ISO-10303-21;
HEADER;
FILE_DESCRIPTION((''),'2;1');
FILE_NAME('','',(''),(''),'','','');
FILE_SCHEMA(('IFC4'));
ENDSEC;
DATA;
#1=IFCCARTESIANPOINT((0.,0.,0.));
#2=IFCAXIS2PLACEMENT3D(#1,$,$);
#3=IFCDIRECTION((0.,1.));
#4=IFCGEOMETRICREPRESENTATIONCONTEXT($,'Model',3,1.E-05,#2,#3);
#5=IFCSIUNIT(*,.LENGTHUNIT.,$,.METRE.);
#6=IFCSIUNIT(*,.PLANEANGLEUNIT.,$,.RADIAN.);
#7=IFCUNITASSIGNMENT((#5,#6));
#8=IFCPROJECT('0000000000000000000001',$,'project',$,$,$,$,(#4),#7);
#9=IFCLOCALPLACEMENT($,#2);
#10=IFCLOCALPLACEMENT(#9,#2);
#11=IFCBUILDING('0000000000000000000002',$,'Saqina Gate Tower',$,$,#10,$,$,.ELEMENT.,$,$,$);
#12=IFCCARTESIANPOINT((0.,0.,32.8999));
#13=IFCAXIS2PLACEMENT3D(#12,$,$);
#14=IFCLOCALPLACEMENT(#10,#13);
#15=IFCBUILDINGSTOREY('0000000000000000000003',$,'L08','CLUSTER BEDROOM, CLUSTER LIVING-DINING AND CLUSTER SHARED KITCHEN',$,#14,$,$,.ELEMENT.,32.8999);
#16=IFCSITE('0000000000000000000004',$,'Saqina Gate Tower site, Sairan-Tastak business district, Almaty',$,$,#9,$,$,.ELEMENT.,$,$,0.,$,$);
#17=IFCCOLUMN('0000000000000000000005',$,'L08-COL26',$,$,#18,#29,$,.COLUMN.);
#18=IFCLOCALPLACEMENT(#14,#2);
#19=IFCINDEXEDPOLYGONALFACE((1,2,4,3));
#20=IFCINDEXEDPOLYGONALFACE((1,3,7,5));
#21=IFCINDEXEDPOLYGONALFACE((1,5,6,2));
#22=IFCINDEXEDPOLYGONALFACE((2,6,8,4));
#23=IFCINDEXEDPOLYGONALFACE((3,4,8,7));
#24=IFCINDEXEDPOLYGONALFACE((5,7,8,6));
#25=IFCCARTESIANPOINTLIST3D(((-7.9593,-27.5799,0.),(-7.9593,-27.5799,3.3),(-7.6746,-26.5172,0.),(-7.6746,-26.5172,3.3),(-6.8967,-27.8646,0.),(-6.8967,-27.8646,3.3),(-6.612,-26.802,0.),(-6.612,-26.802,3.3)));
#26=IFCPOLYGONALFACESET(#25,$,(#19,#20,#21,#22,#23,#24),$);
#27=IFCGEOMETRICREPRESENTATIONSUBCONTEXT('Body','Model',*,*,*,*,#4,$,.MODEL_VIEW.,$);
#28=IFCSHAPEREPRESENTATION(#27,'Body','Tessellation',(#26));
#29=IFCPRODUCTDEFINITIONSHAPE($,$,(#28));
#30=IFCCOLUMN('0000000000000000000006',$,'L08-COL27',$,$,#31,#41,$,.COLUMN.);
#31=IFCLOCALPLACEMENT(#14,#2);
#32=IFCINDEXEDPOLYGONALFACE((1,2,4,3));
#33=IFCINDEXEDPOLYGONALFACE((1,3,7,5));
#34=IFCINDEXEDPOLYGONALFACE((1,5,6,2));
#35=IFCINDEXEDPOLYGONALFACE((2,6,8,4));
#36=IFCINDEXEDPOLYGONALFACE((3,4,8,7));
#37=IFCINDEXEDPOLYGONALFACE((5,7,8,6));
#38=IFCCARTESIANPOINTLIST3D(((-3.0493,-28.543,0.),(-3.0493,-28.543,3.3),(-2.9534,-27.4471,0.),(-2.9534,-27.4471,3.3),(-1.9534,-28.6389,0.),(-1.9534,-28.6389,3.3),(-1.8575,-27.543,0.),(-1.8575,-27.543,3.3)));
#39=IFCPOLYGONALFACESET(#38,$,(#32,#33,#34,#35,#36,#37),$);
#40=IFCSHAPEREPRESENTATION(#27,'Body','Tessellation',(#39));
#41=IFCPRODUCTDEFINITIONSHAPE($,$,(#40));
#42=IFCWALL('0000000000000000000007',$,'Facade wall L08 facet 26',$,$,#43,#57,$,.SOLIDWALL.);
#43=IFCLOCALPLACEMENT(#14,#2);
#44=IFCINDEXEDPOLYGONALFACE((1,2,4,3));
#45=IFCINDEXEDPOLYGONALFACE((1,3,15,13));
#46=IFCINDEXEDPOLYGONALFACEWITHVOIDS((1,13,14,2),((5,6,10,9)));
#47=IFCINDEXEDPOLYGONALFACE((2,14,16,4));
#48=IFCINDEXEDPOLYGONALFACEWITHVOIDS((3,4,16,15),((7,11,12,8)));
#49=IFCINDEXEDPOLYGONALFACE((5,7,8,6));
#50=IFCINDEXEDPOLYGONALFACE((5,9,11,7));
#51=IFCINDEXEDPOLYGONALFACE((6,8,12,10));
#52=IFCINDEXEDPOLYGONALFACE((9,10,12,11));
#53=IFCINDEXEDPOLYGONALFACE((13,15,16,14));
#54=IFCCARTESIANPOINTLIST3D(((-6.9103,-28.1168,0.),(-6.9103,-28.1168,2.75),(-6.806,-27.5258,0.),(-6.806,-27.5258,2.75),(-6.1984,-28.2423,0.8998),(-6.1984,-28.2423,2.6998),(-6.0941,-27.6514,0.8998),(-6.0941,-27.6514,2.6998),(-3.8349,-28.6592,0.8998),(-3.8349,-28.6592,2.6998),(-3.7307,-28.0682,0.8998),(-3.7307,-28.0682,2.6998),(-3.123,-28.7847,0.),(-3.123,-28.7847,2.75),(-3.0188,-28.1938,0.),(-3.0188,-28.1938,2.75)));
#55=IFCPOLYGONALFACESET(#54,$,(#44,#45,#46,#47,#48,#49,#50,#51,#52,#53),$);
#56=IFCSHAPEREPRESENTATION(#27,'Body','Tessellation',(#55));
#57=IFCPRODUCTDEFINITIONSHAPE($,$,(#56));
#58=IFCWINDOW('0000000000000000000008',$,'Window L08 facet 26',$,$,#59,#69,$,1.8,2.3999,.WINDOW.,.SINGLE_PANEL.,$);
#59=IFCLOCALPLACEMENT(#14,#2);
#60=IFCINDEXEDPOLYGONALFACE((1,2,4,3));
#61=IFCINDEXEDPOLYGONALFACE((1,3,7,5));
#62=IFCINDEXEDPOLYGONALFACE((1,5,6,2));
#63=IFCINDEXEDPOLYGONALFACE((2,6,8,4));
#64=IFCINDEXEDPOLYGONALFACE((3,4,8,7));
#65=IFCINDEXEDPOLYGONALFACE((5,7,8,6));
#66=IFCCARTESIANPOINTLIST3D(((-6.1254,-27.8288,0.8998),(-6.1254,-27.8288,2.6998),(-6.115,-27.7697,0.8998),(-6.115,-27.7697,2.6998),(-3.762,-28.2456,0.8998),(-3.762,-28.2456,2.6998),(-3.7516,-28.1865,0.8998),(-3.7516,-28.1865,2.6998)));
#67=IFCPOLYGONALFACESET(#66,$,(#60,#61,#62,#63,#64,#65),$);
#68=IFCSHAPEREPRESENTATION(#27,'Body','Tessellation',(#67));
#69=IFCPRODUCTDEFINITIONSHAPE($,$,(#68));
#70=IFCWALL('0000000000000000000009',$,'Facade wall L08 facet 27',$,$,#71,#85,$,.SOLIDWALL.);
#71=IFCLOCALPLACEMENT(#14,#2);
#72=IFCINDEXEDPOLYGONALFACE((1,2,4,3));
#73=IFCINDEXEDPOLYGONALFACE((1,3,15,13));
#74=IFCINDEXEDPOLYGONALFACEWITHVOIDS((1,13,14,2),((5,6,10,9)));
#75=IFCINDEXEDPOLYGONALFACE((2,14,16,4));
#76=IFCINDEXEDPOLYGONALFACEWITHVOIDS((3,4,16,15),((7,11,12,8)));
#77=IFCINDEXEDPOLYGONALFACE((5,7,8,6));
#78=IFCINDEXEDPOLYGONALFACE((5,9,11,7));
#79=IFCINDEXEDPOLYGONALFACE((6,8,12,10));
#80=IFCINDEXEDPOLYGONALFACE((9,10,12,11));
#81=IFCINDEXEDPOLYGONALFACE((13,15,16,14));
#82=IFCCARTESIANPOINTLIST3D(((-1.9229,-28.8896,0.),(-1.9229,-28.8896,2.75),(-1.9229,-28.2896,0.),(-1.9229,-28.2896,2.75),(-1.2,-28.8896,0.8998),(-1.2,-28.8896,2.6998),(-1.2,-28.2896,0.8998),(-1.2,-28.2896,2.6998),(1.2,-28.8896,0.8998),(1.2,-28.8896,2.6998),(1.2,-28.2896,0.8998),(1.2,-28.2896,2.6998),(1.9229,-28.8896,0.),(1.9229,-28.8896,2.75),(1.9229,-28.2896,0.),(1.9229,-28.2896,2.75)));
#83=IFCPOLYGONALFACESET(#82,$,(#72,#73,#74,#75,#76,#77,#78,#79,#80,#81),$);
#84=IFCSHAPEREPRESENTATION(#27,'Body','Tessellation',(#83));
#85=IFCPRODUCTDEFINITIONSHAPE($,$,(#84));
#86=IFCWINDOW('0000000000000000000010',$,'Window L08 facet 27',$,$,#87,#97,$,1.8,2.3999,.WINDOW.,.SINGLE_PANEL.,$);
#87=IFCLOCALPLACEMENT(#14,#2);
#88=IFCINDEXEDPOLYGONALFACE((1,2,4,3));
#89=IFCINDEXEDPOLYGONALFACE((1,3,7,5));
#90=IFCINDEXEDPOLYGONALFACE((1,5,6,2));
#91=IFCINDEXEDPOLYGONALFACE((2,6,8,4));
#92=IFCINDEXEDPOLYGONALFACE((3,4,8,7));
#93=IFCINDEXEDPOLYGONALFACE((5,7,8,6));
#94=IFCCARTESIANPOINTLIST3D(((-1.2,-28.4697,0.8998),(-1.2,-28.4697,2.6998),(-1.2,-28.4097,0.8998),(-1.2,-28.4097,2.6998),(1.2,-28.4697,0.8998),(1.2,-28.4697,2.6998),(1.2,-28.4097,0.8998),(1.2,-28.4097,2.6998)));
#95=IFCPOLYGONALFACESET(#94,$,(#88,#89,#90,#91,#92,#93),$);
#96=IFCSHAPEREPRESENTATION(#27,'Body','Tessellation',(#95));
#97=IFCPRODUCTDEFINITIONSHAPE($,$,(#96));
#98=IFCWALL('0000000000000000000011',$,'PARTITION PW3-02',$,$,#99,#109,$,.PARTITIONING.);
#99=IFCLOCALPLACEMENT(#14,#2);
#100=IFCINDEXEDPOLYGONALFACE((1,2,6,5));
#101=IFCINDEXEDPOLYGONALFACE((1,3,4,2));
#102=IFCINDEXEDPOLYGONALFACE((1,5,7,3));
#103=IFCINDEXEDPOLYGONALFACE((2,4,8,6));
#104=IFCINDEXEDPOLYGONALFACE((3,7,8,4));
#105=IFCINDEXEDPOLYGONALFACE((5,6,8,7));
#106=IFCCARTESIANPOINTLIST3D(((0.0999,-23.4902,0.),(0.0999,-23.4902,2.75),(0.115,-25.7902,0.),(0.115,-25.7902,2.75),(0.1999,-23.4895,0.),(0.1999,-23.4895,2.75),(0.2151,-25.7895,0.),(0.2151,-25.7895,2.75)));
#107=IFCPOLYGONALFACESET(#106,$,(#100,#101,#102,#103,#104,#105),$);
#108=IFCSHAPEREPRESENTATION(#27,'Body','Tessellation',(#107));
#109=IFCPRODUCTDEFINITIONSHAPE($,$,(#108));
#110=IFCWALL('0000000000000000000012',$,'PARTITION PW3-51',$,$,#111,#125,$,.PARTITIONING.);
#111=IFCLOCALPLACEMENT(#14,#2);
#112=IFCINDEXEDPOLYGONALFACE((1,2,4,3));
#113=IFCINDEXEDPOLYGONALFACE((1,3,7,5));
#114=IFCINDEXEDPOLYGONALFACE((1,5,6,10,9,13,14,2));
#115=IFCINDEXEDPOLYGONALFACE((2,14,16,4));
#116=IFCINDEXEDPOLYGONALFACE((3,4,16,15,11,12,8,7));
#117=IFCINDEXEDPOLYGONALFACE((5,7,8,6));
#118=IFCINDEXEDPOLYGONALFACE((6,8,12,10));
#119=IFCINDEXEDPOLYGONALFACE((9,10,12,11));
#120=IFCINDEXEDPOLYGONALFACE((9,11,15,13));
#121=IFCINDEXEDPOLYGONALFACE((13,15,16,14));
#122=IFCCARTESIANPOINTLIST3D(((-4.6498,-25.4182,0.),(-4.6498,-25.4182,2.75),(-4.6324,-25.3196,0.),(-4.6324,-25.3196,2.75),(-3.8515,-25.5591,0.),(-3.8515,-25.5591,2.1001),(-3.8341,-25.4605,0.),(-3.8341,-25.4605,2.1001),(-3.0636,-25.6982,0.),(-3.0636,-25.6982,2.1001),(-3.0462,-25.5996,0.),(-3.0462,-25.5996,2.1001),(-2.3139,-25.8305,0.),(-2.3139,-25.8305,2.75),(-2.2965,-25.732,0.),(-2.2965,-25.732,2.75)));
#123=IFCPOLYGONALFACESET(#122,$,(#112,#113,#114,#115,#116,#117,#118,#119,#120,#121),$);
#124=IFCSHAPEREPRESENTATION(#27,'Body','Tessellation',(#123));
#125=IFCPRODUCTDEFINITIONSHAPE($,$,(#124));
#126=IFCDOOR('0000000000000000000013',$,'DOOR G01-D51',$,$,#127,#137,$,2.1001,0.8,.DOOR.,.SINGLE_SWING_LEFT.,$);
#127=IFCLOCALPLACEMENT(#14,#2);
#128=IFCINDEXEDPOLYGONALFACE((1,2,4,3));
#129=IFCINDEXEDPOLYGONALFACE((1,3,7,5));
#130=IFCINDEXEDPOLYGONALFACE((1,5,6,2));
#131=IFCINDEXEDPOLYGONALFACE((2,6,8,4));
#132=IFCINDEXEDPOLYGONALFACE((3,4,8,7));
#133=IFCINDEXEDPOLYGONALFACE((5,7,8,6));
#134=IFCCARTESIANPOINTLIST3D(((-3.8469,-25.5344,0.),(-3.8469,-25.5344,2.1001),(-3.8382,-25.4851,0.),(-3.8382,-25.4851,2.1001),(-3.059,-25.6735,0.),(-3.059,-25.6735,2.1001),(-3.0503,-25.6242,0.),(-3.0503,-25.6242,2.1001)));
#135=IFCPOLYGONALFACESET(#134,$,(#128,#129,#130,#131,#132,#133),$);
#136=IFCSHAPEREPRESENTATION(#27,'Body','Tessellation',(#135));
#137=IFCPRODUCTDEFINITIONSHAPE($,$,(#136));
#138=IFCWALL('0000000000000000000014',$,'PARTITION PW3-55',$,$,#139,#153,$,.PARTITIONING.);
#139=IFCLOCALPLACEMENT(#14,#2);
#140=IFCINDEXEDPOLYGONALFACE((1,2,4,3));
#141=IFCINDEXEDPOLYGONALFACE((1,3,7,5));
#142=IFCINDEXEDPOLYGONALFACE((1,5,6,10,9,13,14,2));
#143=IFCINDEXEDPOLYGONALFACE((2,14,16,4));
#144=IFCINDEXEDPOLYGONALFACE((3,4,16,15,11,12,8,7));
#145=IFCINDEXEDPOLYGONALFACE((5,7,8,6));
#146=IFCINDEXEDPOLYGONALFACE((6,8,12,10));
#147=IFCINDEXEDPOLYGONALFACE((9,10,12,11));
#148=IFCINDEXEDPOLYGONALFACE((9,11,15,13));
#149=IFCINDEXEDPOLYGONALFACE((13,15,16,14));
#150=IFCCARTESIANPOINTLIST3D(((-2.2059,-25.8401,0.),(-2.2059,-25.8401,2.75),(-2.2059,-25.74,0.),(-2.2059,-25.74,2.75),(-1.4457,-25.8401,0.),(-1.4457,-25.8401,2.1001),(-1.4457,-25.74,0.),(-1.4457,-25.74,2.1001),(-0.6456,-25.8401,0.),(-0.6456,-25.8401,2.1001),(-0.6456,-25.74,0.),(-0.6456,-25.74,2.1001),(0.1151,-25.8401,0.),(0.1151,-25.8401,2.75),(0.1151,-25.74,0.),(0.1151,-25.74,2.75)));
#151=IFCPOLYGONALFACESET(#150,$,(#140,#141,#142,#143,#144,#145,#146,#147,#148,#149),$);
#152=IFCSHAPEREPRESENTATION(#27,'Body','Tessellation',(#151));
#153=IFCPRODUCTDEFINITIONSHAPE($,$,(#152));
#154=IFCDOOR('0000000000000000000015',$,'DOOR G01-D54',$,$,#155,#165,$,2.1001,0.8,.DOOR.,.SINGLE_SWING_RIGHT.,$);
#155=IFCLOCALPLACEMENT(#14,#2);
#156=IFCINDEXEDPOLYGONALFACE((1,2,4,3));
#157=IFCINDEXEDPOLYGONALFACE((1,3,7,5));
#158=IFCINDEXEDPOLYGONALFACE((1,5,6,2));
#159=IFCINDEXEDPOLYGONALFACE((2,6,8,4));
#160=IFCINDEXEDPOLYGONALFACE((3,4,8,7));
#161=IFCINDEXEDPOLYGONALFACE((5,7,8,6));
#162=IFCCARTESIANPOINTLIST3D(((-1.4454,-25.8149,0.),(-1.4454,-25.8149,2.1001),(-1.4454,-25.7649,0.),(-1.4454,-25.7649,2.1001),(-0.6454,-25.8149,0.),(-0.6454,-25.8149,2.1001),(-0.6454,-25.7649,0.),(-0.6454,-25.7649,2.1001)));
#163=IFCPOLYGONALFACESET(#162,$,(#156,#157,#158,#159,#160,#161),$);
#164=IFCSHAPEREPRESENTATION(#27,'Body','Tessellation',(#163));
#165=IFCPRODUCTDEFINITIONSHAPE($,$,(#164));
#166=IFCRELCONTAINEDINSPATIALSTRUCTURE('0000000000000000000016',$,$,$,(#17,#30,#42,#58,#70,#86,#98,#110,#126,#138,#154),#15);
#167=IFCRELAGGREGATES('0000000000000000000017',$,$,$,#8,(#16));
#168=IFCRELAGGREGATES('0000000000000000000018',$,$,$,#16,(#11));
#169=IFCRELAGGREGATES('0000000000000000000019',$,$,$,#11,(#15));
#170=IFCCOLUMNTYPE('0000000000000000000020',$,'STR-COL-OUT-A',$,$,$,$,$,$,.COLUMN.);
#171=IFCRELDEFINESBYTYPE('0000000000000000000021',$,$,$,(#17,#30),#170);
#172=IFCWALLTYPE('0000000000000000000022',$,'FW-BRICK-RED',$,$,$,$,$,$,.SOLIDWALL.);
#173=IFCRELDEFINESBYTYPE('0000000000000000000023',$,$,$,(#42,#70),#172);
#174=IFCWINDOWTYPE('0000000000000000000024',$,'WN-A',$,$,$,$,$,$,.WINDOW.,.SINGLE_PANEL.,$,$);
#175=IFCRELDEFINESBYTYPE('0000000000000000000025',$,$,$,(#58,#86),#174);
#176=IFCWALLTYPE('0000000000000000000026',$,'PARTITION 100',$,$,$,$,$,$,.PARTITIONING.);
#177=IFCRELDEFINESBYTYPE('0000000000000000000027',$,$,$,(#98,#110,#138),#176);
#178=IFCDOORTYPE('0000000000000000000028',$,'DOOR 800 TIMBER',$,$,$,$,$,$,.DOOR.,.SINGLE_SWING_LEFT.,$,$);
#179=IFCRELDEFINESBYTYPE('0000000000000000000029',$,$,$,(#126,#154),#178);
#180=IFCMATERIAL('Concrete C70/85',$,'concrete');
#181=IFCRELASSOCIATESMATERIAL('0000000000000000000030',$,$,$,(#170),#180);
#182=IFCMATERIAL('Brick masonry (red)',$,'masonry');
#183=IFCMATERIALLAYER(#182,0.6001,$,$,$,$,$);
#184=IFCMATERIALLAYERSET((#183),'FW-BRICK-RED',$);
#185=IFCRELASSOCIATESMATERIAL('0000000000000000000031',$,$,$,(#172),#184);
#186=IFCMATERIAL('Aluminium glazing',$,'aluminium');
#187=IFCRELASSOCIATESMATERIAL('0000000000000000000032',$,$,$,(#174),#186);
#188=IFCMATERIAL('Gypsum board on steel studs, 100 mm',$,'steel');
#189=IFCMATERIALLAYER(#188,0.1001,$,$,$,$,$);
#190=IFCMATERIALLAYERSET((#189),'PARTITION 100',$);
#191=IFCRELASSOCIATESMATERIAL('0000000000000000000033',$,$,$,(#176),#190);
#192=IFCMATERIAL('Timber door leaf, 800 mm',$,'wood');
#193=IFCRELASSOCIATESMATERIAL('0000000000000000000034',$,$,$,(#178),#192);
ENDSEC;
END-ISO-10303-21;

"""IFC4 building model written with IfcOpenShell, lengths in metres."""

from ifc_helpers import new_model, si_unit, direction, frame, frame_2d, origin, origin_2d, place, context, subcontext, project, spatial, rectangle, extrude, material, layer, layer_set, material_profile, profile_set, type_object, element, fill, save


model = new_model("IFC4")

# Units and contexts
model_context = context("Model", 3, precision=1e-05, world=origin(), true_north=direction((0.0, 1.0)))
body_context = subcontext(model_context, "Body", "Model", "MODEL_VIEW")
ifc_project = project(units=[si_unit("LENGTHUNIT", "METRE"), si_unit("PLANEANGLEUNIT", "RADIAN")], contexts=[model_context])

# Site, building, storey
site_placement = place(None, origin())
site = spatial("IfcSite", under=ifc_project, at=site_placement, Name="Saqina Gate Tower site, Sairan-Tastak business district, Almaty", CompositionType="ELEMENT", RefElevation=0.0)
building_placement = place(site_placement, origin())
building = spatial("IfcBuilding", under=site, at=building_placement, Name="Saqina Gate Tower", CompositionType="ELEMENT")
storey_placement = place(building_placement, frame((0.0, 0.0, 32.8999)))
storey = spatial("IfcBuildingStorey", under=building, at=storey_placement, Name="L08", Description="CLUSTER BEDROOM, CLUSTER LIVING-DINING AND CLUSTER SHARED KITCHEN", CompositionType="ELEMENT", Elevation=32.8999)

# Columns
ifc_material_1 = material(Name="Concrete C70/85", Category="concrete")
ifc_material_profile = material_profile(ifc_material_1, rectangle(XDim=1.1001, YDim=1.1001, at=origin_2d()), Name="RC 1100x1100")
ifc_profile_set = profile_set([ifc_material_profile], Name="Concrete C70/85")
column_type = type_object("IfcColumnType", Name="STR-COL-OUT-A", PredefinedType="COLUMN", material=ifc_profile_set)
for number, where, z_axis, x_axis, name in (
    (1, (-7.2856, -27.1909, 0.0), (0.0, 0.0, 1.0), (-0.258819, -0.965926, 0.0), "L08-COL26"),
    (2, (-2.4534, -28.043, 0.0), (0.0, 0.0, 1.0), (-0.087156, -0.996195, 0.0), "L08-COL27"),
):
    element("IfcColumn", number, at=place(storey_placement, frame(where, z_axis=z_axis, x_axis=x_axis)), inside=storey, type_object=column_type, Name=name, PredefinedType="COLUMN", context=body_context, shape_type="SweptSolid", body=[
        extrude(rectangle(XDim=1.1001, YDim=1.1001, at=origin_2d()), origin(), (0.0, 0.0, 1.0), 3.3),
    ])

# Walls, openings, windows
ifc_material_2 = material(Name="Brick masonry (red)", Category="masonry")
ifc_layer_1 = layer(ifc_material_2, 0.6001)
ifc_layer_set_1 = layer_set([ifc_layer_1], Name="FW-BRICK-RED")
wall_type_1 = type_object("IfcWallType", Name="FW-BRICK-RED", PredefinedType="SOLIDWALL", material=ifc_layer_set_1)
wall_1_placement = place(storey_placement, frame((-6.8582, -27.8213, 0.0), z_axis=(0.0, 0.0, 1.0), x_axis=(0.984801, -0.173688, 0.0)))
wall_1 = element("IfcWall", 3, at=wall_1_placement, inside=storey, type_object=wall_type_1, Name="Facade wall L08 facet 26", PredefinedType="SOLIDWALL", context=body_context, shape_type="SweptSolid", body=[
    extrude(rectangle(XDim=3.8457, YDim=0.6001, at=frame_2d((1.9229, 0.0))), origin(), (0.0, 0.0, 1.0), 2.75),
])
opening_1_placement = place(wall_1_placement, frame((0.7229, 0.0, 0.8999)))
opening_1 = element("IfcOpeningElement", 4, at=opening_1_placement, cuts=wall_1, PredefinedType="OPENING", context=body_context, shape_type="SweptSolid", body=[
    extrude(rectangle(XDim=2.3999, YDim=1.8, at=frame_2d((1.2, 0.8999))), frame((0.0, 0.312, 0.0), z_axis=(0.0, -1.0, 0.0), x_axis=(1.0, 0.0, 0.0)), (0.0, 0.0, 1.0), 0.624),
])
ifc_material_3 = material(Name="Aluminium glazing", Category="aluminium")
window_type = type_object("IfcWindowType", Name="WN-A", PartitioningType="SINGLE_PANEL", PredefinedType="WINDOW", material=ifc_material_3)
window_1_placement = place(opening_1_placement, origin())
window_1 = element("IfcWindow", 5, at=window_1_placement, inside=storey, type_object=window_type, Name="Window L08 facet 26", OverallHeight=1.8, OverallWidth=2.3999, PartitioningType="SINGLE_PANEL", PredefinedType="WINDOW", context=body_context, shape_type="SweptSolid", body=[
    extrude(rectangle(XDim=2.3999, YDim=1.8, at=frame_2d((1.2, 0.8999))), frame((0.0, 0.1799, 0.0), z_axis=(0.0, -1.0, 0.0), x_axis=(1.0, 0.0, 0.0)), (0.0, 0.0, 1.0), 0.0601),
])
fill(opening_1, window_1)
wall_2_placement = place(storey_placement, frame((-1.9229, -28.5896, 0.0), z_axis=(0.0, 0.0, 1.0), x_axis=(1.0, 0.0, 0.0)))
wall_2 = element("IfcWall", 6, at=wall_2_placement, inside=storey, type_object=wall_type_1, Name="Facade wall L08 facet 27", PredefinedType="SOLIDWALL", context=body_context, shape_type="SweptSolid", body=[
    extrude(rectangle(XDim=3.8457, YDim=0.6001, at=frame_2d((1.9229, 0.0))), origin(), (0.0, 0.0, 1.0), 2.75),
])
opening_2_placement = place(wall_2_placement, frame((0.7229, 0.0, 0.8999)))
opening_2 = element("IfcOpeningElement", 7, at=opening_2_placement, cuts=wall_2, PredefinedType="OPENING", context=body_context, shape_type="SweptSolid", body=[
    extrude(rectangle(XDim=2.3999, YDim=1.8, at=frame_2d((1.2, 0.8999))), frame((0.0, 0.312, 0.0), z_axis=(0.0, -1.0, 0.0), x_axis=(1.0, 0.0, 0.0)), (0.0, 0.0, 1.0), 0.624),
])
window_2_placement = place(opening_2_placement, origin())
window_2 = element("IfcWindow", 8, at=window_2_placement, inside=storey, type_object=window_type, Name="Window L08 facet 27", OverallHeight=1.8, OverallWidth=2.3999, PartitioningType="SINGLE_PANEL", PredefinedType="WINDOW", context=body_context, shape_type="SweptSolid", body=[
    extrude(rectangle(XDim=2.3999, YDim=1.8, at=frame_2d((1.2, 0.8999))), frame((0.0, 0.1799, 0.0), z_axis=(0.0, -1.0, 0.0), x_axis=(1.0, 0.0, 0.0)), (0.0, 0.0, 1.0), 0.0601),
])
fill(opening_2, window_2)

# Wall
ifc_material_4 = material(Name="Gypsum board on steel studs, 100 mm", Category="steel")
ifc_layer_2 = layer(ifc_material_4, 0.1001)
ifc_layer_set_2 = layer_set([ifc_layer_2], Name="PARTITION 100")
wall_type_2 = type_object("IfcWallType", Name="PARTITION 100", PredefinedType="PARTITIONING", material=ifc_layer_set_2)
wall_3_placement = place(storey_placement, frame((0.1499, -23.49, 0.0), z_axis=(0.0, 0.0, 1.0), x_axis=(0.006581, -0.999978, 0.0)))
element("IfcWall", 9, at=wall_3_placement, inside=storey, type_object=wall_type_2, Name="PARTITION PW3-02", PredefinedType="PARTITIONING", context=body_context, shape_type="SweptSolid", body=[
    extrude(rectangle(XDim=2.3, YDim=0.1001, at=frame_2d((1.1499, 0.0))), origin(), (0.0, 0.0, 1.0), 2.75),
])

# Walls, openings, doors
wall_4_placement = place(storey_placement, frame((-4.6411, -25.3689, 0.0), z_axis=(0.0, 0.0, 1.0), x_axis=(0.984774, -0.173838, 0.0)))
wall_4 = element("IfcWall", 10, at=wall_4_placement, inside=storey, type_object=wall_type_2, Name="PARTITION PW3-51", PredefinedType="PARTITIONING", context=body_context, shape_type="SweptSolid", body=[
    extrude(rectangle(XDim=2.3721, YDim=0.1001, at=frame_2d((1.186, 0.0))), origin(), (0.0, 0.0, 1.0), 2.75),
])
opening_3_placement = place(wall_4_placement, frame((0.8108, 0.0, 0.0)))
opening_3 = element("IfcOpeningElement", 11, at=opening_3_placement, cuts=wall_4, PredefinedType="OPENING", context=body_context, shape_type="SweptSolid", body=[
    extrude(rectangle(XDim=0.8, YDim=2.1001, at=frame_2d((0.3999, 1.05))), frame((0.0, 0.062, 0.0), z_axis=(0.0, -1.0, 0.0), x_axis=(1.0, 0.0, 0.0)), (0.0, 0.0, 1.0), 0.124),
])
ifc_material_5 = material(Name="Timber door leaf, 800 mm", Category="wood")
door_type_1 = type_object("IfcDoorType", Name="DOOR 800 TIMBER", OperationType="SINGLE_SWING_LEFT", PredefinedType="DOOR", material=ifc_material_5)
door_1_placement = place(opening_3_placement, frame((0.8, 0.0, 0.0), z_axis=(0.0, 0.0, 1.0), x_axis=(-1.0, 0.0, 0.0)))
door_1 = element("IfcDoor", 12, at=door_1_placement, inside=storey, type_object=door_type_1, Name="DOOR G01-D51", OperationType="SINGLE_SWING_LEFT", OverallHeight=2.1001, OverallWidth=0.8, PredefinedType="DOOR", context=body_context, shape_type="SweptSolid", body=[
    extrude(rectangle(XDim=0.8, YDim=2.1001, at=frame_2d((0.3999, 1.05))), frame((0.0, 0.0249, 0.0), z_axis=(0.0, -1.0, 0.0), x_axis=(1.0, 0.0, 0.0)), (0.0, 0.0, 1.0), 0.05),
])
fill(opening_3, door_1)
wall_5_placement = place(storey_placement, frame((-2.2061, -25.79, 0.0), z_axis=(0.0, 0.0, 1.0), x_axis=(1.0, 0.0, 0.0)))
wall_5 = element("IfcWall", 13, at=wall_5_placement, inside=storey, type_object=wall_type_2, Name="PARTITION PW3-55", PredefinedType="PARTITIONING", context=body_context, shape_type="SweptSolid", body=[
    extrude(rectangle(XDim=2.321, YDim=0.1001, at=frame_2d((1.1606, 0.0))), origin(), (0.0, 0.0, 1.0), 2.75),
])
opening_4_placement = place(wall_5_placement, frame((0.7605, 0.0, 0.0)))
opening_4 = element("IfcOpeningElement", 14, at=opening_4_placement, cuts=wall_5, PredefinedType="OPENING", context=body_context, shape_type="SweptSolid", body=[
    extrude(rectangle(XDim=0.8, YDim=2.1001, at=frame_2d((0.3999, 1.05))), frame((0.0, 0.062, 0.0), z_axis=(0.0, -1.0, 0.0), x_axis=(1.0, 0.0, 0.0)), (0.0, 0.0, 1.0), 0.124),
])
door_2_placement = place(opening_4_placement, frame((0.8, 0.0, 0.0), z_axis=(0.0, 0.0, 1.0), x_axis=(-1.0, 0.0, 0.0)))
door_2 = element("IfcDoor", 15, at=door_2_placement, inside=storey, type_object=door_type_1, Name="DOOR G01-D54", OperationType="SINGLE_SWING_RIGHT", OverallHeight=2.1001, OverallWidth=0.8, PredefinedType="DOOR", context=body_context, shape_type="SweptSolid", body=[
    extrude(rectangle(XDim=0.8, YDim=2.1001, at=frame_2d((0.3999, 1.05))), frame((0.0, 0.0249, 0.0), z_axis=(0.0, -1.0, 0.0), x_axis=(1.0, 0.0, 0.0)), (0.0, 0.0, 1.0), 0.05),
])
fill(opening_4, door_2)

save(model, "model.ifc")
